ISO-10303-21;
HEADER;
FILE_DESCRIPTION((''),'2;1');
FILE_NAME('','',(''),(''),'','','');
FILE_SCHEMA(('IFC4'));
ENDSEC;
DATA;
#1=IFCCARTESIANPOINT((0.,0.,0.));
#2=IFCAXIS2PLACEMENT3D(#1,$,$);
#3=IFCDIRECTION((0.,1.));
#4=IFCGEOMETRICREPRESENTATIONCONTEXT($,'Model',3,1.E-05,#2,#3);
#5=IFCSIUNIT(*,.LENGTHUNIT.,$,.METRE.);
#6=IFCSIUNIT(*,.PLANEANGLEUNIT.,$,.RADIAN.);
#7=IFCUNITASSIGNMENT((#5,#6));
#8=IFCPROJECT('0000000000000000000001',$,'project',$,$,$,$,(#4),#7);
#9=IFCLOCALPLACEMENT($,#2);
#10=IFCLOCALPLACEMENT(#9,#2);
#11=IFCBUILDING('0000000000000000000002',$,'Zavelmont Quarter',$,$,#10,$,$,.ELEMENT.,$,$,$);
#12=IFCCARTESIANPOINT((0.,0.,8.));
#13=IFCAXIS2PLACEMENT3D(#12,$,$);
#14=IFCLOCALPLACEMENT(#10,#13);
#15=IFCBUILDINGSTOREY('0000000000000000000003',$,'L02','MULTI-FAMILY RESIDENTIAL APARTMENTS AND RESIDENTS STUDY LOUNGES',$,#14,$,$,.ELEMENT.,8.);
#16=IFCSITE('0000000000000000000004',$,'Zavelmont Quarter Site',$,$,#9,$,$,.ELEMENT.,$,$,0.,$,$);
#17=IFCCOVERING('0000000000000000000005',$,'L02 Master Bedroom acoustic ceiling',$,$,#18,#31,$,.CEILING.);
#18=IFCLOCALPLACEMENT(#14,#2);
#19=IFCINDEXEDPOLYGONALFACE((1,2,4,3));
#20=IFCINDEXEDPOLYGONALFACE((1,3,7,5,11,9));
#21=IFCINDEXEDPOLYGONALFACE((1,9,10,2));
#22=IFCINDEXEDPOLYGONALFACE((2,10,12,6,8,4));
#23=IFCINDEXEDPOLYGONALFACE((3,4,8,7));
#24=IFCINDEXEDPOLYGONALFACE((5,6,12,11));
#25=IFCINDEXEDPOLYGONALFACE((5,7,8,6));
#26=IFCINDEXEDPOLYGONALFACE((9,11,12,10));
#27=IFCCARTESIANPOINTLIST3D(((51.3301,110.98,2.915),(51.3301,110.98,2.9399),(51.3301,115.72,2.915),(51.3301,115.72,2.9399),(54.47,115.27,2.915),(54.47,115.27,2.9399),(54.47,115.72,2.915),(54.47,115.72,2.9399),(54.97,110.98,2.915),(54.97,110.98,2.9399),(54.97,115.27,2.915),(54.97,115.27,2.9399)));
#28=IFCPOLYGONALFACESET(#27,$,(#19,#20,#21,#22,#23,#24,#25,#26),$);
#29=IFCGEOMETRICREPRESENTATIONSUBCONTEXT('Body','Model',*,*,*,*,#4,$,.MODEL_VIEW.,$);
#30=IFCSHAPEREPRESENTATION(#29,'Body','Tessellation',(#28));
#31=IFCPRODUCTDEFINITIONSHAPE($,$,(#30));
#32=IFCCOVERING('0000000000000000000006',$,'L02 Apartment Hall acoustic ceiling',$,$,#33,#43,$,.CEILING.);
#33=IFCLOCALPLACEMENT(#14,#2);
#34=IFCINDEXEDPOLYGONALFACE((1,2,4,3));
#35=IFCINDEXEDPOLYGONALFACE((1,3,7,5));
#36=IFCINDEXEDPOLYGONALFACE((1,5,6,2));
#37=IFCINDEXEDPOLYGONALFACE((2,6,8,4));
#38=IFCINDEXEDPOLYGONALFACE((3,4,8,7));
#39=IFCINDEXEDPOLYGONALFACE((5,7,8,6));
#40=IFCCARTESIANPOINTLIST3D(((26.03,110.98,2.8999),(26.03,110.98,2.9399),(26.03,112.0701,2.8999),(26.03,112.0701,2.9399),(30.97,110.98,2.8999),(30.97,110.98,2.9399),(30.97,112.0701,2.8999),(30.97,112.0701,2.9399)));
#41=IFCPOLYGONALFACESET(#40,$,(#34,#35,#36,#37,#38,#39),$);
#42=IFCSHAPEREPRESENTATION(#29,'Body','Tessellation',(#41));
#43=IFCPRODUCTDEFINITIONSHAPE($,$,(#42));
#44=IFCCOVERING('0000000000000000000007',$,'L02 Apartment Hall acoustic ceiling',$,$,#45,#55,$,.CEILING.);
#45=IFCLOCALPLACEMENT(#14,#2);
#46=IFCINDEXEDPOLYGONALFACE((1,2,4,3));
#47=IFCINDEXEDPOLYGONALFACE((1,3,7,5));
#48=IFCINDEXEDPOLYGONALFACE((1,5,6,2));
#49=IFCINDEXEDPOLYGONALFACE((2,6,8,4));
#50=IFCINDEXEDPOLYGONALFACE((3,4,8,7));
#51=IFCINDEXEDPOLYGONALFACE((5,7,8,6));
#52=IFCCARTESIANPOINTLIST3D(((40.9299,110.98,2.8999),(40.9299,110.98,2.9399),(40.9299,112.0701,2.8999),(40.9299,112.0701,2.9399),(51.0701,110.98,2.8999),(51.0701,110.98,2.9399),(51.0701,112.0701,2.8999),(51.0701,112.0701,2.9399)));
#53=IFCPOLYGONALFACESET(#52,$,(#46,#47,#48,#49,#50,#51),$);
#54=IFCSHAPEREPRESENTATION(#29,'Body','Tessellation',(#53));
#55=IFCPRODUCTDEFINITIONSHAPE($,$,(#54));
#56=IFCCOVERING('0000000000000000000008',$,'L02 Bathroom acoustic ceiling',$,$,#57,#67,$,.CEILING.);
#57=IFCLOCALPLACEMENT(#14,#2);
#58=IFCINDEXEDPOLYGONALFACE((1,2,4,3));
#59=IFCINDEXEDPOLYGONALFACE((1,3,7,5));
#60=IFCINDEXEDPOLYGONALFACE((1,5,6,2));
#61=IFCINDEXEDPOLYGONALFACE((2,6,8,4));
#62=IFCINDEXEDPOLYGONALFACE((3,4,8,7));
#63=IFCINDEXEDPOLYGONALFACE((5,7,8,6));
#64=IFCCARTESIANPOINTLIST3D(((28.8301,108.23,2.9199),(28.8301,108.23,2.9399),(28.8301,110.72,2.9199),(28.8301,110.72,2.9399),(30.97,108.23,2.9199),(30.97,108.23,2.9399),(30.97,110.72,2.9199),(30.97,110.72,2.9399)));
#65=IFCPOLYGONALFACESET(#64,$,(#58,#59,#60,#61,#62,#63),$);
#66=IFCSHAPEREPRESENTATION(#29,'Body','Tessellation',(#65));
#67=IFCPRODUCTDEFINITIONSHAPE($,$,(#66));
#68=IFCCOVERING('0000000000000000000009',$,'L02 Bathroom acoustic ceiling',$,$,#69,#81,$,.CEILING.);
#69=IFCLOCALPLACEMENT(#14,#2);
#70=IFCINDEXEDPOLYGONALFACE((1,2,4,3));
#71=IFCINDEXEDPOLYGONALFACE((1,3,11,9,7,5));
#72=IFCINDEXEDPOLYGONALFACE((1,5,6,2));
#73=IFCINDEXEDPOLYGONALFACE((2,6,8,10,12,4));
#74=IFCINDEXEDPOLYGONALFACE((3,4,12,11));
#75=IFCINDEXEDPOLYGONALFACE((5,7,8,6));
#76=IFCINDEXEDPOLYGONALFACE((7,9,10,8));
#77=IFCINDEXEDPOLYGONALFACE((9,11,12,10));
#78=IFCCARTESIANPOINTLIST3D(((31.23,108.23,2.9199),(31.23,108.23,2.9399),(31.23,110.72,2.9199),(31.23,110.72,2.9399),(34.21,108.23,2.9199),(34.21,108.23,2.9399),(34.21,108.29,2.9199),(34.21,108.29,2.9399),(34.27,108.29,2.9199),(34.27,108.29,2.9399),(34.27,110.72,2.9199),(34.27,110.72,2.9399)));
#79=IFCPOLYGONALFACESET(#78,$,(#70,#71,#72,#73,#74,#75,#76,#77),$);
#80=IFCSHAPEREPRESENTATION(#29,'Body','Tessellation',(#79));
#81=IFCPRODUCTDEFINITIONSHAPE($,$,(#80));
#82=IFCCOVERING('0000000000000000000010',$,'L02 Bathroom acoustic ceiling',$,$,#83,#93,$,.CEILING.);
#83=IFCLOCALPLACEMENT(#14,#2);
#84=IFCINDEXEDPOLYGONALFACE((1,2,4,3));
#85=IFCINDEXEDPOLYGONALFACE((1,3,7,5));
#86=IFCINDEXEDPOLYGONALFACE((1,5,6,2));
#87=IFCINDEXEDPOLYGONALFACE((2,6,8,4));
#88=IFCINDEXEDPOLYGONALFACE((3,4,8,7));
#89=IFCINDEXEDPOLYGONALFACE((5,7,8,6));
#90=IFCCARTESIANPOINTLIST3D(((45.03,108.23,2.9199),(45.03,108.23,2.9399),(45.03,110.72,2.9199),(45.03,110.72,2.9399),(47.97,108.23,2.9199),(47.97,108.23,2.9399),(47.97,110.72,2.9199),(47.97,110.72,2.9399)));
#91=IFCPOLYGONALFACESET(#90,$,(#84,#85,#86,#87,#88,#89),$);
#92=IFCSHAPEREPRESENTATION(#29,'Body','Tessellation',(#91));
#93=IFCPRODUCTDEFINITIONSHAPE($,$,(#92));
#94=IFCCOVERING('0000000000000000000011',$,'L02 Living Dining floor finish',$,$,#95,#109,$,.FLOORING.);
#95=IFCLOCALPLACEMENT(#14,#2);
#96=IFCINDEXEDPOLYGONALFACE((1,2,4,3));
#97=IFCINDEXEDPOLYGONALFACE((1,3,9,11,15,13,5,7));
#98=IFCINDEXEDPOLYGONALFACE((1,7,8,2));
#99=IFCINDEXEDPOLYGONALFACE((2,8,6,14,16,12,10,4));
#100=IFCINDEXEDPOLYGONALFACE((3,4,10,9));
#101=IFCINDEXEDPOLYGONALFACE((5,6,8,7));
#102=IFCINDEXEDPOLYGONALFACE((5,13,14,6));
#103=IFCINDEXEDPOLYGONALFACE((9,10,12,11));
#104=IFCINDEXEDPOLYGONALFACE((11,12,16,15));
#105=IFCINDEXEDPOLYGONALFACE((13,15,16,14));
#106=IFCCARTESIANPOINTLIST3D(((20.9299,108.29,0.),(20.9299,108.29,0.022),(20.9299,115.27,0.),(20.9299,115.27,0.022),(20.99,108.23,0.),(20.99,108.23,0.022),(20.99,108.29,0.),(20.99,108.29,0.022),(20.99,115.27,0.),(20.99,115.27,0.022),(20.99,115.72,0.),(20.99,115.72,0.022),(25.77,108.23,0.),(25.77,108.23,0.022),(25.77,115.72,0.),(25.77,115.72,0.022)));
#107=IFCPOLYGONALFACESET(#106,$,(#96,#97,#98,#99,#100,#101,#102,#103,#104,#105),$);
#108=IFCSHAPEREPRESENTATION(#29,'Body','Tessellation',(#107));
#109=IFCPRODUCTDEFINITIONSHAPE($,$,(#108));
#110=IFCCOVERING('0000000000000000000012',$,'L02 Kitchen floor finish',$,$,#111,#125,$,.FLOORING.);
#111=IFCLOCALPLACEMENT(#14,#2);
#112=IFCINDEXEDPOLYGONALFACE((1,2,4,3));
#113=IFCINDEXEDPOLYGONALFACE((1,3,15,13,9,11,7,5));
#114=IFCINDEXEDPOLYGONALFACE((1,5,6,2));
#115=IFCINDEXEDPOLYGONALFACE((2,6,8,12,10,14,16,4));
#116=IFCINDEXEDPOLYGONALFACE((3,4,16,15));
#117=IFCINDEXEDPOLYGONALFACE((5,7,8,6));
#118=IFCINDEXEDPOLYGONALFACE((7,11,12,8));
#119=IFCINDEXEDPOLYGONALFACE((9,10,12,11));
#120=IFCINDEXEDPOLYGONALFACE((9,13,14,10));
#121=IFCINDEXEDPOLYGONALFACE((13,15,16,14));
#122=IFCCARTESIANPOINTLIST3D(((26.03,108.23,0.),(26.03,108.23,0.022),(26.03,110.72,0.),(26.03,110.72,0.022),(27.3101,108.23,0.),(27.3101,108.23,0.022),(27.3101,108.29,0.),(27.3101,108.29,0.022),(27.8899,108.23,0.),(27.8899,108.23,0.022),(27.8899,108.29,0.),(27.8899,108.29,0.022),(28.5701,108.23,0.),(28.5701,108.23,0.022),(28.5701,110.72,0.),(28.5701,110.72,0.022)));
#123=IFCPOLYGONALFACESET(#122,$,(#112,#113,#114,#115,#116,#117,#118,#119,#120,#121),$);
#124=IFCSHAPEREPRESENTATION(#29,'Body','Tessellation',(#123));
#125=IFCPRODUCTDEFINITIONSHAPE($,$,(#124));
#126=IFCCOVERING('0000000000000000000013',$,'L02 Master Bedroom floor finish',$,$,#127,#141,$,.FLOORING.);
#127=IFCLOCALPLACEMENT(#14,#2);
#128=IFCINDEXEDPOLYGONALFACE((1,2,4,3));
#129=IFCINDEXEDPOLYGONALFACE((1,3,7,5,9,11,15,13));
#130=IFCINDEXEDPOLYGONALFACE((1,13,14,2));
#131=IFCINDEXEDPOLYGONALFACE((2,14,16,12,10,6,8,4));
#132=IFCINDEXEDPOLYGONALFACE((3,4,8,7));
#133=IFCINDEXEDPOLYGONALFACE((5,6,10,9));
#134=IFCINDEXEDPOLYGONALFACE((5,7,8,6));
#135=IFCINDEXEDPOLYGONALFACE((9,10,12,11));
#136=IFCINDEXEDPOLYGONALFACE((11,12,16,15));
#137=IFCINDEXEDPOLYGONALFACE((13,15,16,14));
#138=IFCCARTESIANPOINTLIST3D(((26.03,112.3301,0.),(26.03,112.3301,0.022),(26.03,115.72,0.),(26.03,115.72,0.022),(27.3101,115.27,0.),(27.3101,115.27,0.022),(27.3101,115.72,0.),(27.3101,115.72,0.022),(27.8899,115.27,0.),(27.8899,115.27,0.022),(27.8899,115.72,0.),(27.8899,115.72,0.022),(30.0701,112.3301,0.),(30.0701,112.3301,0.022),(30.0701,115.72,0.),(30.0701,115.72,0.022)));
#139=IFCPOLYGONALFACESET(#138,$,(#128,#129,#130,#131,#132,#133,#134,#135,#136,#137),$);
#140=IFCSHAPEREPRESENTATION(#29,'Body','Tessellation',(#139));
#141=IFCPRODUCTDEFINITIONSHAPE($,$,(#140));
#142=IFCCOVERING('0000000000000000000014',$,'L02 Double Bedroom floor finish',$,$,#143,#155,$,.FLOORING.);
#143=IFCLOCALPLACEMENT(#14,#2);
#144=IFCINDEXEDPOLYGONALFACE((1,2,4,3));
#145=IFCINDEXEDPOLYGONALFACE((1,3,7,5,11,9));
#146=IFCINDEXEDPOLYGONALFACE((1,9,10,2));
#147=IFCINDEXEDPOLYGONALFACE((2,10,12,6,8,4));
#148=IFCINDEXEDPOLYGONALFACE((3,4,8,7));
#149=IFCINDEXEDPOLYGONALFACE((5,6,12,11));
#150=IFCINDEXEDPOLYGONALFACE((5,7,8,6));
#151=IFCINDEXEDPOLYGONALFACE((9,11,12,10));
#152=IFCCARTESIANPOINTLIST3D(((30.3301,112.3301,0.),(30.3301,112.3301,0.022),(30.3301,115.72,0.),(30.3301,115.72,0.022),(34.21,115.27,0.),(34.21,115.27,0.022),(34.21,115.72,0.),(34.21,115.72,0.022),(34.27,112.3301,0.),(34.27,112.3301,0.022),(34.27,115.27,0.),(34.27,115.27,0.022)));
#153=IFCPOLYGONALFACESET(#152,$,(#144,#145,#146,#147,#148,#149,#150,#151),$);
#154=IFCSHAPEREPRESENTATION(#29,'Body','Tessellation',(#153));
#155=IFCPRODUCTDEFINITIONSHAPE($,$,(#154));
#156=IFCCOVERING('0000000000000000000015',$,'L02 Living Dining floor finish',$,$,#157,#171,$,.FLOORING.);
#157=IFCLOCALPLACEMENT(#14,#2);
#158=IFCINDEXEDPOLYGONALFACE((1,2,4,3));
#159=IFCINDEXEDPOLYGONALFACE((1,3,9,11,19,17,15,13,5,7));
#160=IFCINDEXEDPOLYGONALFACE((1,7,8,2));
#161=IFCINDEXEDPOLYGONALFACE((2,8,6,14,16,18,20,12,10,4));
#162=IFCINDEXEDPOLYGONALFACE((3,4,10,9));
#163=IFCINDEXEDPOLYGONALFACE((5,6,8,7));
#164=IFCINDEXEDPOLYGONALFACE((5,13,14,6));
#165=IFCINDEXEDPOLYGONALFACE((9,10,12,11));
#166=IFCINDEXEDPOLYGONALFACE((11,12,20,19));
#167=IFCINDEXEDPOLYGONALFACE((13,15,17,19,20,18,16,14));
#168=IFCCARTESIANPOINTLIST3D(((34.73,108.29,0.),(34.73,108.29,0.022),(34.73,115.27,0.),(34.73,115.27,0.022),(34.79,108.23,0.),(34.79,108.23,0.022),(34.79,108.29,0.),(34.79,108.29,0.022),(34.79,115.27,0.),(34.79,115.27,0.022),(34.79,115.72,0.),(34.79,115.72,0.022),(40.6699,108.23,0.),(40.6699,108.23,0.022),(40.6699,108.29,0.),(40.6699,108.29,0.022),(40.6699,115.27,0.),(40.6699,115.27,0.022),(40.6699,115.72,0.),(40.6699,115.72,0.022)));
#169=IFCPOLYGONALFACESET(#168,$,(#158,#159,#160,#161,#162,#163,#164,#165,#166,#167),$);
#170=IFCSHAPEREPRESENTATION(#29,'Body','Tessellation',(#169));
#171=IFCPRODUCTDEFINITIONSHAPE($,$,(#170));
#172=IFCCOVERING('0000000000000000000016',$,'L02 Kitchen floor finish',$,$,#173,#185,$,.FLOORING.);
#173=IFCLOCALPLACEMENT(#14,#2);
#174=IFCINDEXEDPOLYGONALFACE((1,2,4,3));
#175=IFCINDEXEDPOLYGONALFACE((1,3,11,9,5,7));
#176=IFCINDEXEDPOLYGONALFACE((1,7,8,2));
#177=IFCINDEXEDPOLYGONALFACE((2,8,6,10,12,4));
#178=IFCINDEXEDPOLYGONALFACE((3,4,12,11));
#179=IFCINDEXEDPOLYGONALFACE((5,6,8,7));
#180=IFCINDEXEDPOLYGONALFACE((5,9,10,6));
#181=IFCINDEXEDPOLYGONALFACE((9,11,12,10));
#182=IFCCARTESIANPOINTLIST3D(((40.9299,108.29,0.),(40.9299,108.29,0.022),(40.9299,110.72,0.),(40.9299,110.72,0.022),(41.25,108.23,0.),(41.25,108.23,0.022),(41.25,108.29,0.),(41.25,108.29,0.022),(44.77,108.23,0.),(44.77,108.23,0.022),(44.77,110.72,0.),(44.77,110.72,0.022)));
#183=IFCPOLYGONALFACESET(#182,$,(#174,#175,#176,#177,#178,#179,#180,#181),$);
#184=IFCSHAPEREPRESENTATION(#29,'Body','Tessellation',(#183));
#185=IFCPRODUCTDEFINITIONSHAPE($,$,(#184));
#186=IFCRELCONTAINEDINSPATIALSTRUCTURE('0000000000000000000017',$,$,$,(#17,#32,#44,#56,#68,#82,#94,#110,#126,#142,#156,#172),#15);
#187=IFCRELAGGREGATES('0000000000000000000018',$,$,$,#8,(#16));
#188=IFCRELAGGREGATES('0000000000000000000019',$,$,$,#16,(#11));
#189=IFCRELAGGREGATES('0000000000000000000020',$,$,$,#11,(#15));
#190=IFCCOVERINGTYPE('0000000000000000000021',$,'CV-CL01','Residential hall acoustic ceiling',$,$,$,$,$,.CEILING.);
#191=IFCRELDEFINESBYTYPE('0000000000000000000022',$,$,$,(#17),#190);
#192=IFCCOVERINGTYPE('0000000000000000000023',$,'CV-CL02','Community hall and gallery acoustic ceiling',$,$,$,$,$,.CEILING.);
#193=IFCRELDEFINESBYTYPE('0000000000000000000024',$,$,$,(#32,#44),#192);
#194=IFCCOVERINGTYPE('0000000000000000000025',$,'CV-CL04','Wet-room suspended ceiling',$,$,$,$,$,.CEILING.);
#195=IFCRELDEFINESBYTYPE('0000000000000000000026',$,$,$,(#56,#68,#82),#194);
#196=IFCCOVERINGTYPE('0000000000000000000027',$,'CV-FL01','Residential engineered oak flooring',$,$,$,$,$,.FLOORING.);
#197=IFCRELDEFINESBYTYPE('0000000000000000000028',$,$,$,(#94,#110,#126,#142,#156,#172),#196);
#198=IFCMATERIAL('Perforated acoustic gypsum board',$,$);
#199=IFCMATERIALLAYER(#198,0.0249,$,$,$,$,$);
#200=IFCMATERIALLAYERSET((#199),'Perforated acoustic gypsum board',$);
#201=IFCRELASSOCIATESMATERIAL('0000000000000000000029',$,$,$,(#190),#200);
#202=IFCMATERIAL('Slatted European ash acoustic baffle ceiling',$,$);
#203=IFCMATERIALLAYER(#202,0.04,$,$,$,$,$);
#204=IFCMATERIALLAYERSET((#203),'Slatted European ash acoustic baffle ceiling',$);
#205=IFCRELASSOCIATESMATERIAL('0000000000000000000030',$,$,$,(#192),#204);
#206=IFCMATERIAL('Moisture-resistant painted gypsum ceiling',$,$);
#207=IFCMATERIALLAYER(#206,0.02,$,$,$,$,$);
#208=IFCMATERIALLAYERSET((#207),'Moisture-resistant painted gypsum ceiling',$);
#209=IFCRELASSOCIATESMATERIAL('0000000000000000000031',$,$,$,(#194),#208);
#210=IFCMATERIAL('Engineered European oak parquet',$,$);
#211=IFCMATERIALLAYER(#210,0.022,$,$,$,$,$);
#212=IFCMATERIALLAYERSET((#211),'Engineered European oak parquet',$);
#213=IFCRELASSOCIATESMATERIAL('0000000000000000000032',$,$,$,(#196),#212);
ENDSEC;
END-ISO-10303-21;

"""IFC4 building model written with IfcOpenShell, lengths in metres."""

from ifc_helpers import new_model, si_unit, direction, frame, origin, place, context, subcontext, project, spatial, polyline, outline, extrude, material, layer, layer_set, type_object, element, save


model = new_model("IFC4")

# Units and contexts
model_context = context("Model", 3, precision=1e-05, world=origin(), true_north=direction((0.0, 1.0)))
body_context = subcontext(model_context, "Body", "Model", "MODEL_VIEW")
ifc_project = project(units=[si_unit("LENGTHUNIT", "METRE"), si_unit("PLANEANGLEUNIT", "RADIAN")], contexts=[model_context])

# Site, building, storey
site_placement = place(None, origin())
site = spatial("IfcSite", under=ifc_project, at=site_placement, Name="Zavelmont Quarter Site", CompositionType="ELEMENT", RefElevation=0.0)
building_placement = place(site_placement, origin())
building = spatial("IfcBuilding", under=site, at=building_placement, Name="Zavelmont Quarter", CompositionType="ELEMENT")
storey_placement = place(building_placement, frame((0.0, 0.0, 8.0)))
storey = spatial("IfcBuildingStorey", under=building, at=storey_placement, Name="L02", Description="MULTI-FAMILY RESIDENTIAL APARTMENTS AND RESIDENTS STUDY LOUNGES", CompositionType="ELEMENT", Elevation=8.0)

# Coverings
ifc_material_1 = material(Name="Perforated acoustic gypsum board")
ifc_layer_1 = layer(ifc_material_1, 0.0249)
ifc_layer_set_1 = layer_set([ifc_layer_1], Name="Perforated acoustic gypsum board")
covering_type_1 = type_object("IfcCoveringType", Name="CV-CL01", Description="Residential hall acoustic ceiling", PredefinedType="CEILING", material=ifc_layer_set_1)
covering_1_placement = place(storey_placement, frame((0.0, 0.0, 2.915)))
element("IfcCovering", 1, at=covering_1_placement, inside=storey, type_object=covering_type_1, Name="L02 Master Bedroom acoustic ceiling", PredefinedType="CEILING", context=body_context, shape_type="SweptSolid", body=[
    extrude(outline(polyline([(51.3301, 115.72), (54.47, 115.72), (54.47, 115.27), (54.97, 115.27), (54.97, 110.98), (51.3301, 110.98), (51.3301, 115.72)])), origin(), (0.0, 0.0, 1.0), 0.0249),
])
ifc_material_2 = material(Name="Slatted European ash acoustic baffle ceiling")
ifc_layer_2 = layer(ifc_material_2, 0.04)
ifc_layer_set_2 = layer_set([ifc_layer_2], Name="Slatted European ash acoustic baffle ceiling")
covering_type_2 = type_object("IfcCoveringType", Name="CV-CL02", Description="Community hall and gallery acoustic ceiling", PredefinedType="CEILING", material=ifc_layer_set_2)
covering_2_placement = place(storey_placement, frame((0.0, 0.0, 2.8999)))
element("IfcCovering", 2, at=covering_2_placement, inside=storey, type_object=covering_type_2, Name="L02 Apartment Hall acoustic ceiling", PredefinedType="CEILING", context=body_context, shape_type="SweptSolid", body=[
    extrude(outline(polyline([(26.03, 112.0701), (30.97, 112.0701), (30.97, 110.98), (26.03, 110.98), (26.03, 112.0701)])), origin(), (0.0, 0.0, 1.0), 0.04),
])
covering_3_placement = place(storey_placement, frame((0.0, 0.0, 2.8999)))
element("IfcCovering", 3, at=covering_3_placement, inside=storey, type_object=covering_type_2, Name="L02 Apartment Hall acoustic ceiling", PredefinedType="CEILING", context=body_context, shape_type="SweptSolid", body=[
    extrude(outline(polyline([(40.9299, 112.0701), (51.0701, 112.0701), (51.0701, 110.98), (40.9299, 110.98), (40.9299, 112.0701)])), origin(), (0.0, 0.0, 1.0), 0.04),
])
ifc_material_3 = material(Name="Moisture-resistant painted gypsum ceiling")
ifc_layer_3 = layer(ifc_material_3, 0.02)
ifc_layer_set_3 = layer_set([ifc_layer_3], Name="Moisture-resistant painted gypsum ceiling")
covering_type_3 = type_object("IfcCoveringType", Name="CV-CL04", Description="Wet-room suspended ceiling", PredefinedType="CEILING", material=ifc_layer_set_3)
covering_4_placement = place(storey_placement, frame((0.0, 0.0, 2.9199)))
element("IfcCovering", 4, at=covering_4_placement, inside=storey, type_object=covering_type_3, Name="L02 Bathroom acoustic ceiling", PredefinedType="CEILING", context=body_context, shape_type="SweptSolid", body=[
    extrude(outline(polyline([(28.8301, 110.72), (30.97, 110.72), (30.97, 108.23), (28.8301, 108.23), (28.8301, 110.72)])), origin(), (0.0, 0.0, 1.0), 0.02),
])
covering_5_placement = place(storey_placement, frame((0.0, 0.0, 2.9199)))
element("IfcCovering", 5, at=covering_5_placement, inside=storey, type_object=covering_type_3, Name="L02 Bathroom acoustic ceiling", PredefinedType="CEILING", context=body_context, shape_type="SweptSolid", body=[
    extrude(outline(polyline([(31.23, 110.72), (34.27, 110.72), (34.27, 108.29), (34.21, 108.29), (34.21, 108.23), (31.23, 108.23), (31.23, 110.72)])), origin(), (0.0, 0.0, 1.0), 0.02),
])
covering_6_placement = place(storey_placement, frame((0.0, 0.0, 2.9199)))
element("IfcCovering", 6, at=covering_6_placement, inside=storey, type_object=covering_type_3, Name="L02 Bathroom acoustic ceiling", PredefinedType="CEILING", context=body_context, shape_type="SweptSolid", body=[
    extrude(outline(polyline([(45.03, 110.72), (47.97, 110.72), (47.97, 108.23), (45.03, 108.23), (45.03, 110.72)])), origin(), (0.0, 0.0, 1.0), 0.02),
])
ifc_material_4 = material(Name="Engineered European oak parquet")
ifc_layer_4 = layer(ifc_material_4, 0.022)
ifc_layer_set_4 = layer_set([ifc_layer_4], Name="Engineered European oak parquet")
covering_type_4 = type_object("IfcCoveringType", Name="CV-FL01", Description="Residential engineered oak flooring", PredefinedType="FLOORING", material=ifc_layer_set_4)
covering_7_placement = place(storey_placement, origin())
element("IfcCovering", 7, at=covering_7_placement, inside=storey, type_object=covering_type_4, Name="L02 Living Dining floor finish", PredefinedType="FLOORING", context=body_context, shape_type="SweptSolid", body=[
    extrude(outline(polyline([(20.9299, 115.27), (20.99, 115.27), (20.99, 115.72), (25.77, 115.72), (25.77, 108.23), (20.99, 108.23), (20.99, 108.29), (20.9299, 108.29), (20.9299, 115.27)])), origin(), (0.0, 0.0, 1.0), 0.022),
])
covering_8_placement = place(storey_placement, origin())
element("IfcCovering", 8, at=covering_8_placement, inside=storey, type_object=covering_type_4, Name="L02 Kitchen floor finish", PredefinedType="FLOORING", context=body_context, shape_type="SweptSolid", body=[
    extrude(outline(polyline([(26.03, 110.72), (28.5701, 110.72), (28.5701, 108.23), (27.8899, 108.23), (27.8899, 108.29), (27.3101, 108.29), (27.3101, 108.23), (26.03, 108.23), (26.03, 110.72)])), origin(), (0.0, 0.0, 1.0), 0.022),
])
covering_9_placement = place(storey_placement, origin())
element("IfcCovering", 9, at=covering_9_placement, inside=storey, type_object=covering_type_4, Name="L02 Master Bedroom floor finish", PredefinedType="FLOORING", context=body_context, shape_type="SweptSolid", body=[
    extrude(outline(polyline([(26.03, 115.72), (27.3101, 115.72), (27.3101, 115.27), (27.8899, 115.27), (27.8899, 115.72), (30.0701, 115.72), (30.0701, 112.3301), (26.03, 112.3301), (26.03, 115.72)])), origin(), (0.0, 0.0, 1.0), 0.022),
])
covering_10_placement = place(storey_placement, origin())
element("IfcCovering", 10, at=covering_10_placement, inside=storey, type_object=covering_type_4, Name="L02 Double Bedroom floor finish", PredefinedType="FLOORING", context=body_context, shape_type="SweptSolid", body=[
    extrude(outline(polyline([(30.3301, 115.72), (34.21, 115.72), (34.21, 115.27), (34.27, 115.27), (34.27, 112.3301), (30.3301, 112.3301), (30.3301, 115.72)])), origin(), (0.0, 0.0, 1.0), 0.022),
])
covering_11_placement = place(storey_placement, origin())
element("IfcCovering", 11, at=covering_11_placement, inside=storey, type_object=covering_type_4, Name="L02 Living Dining floor finish", PredefinedType="FLOORING", context=body_context, shape_type="SweptSolid", body=[
    extrude(outline(polyline([(34.73, 115.27), (34.79, 115.27), (34.79, 115.72), (40.6699, 115.72), (40.6699, 115.27), (40.6699, 108.29), (40.6699, 108.23), (34.79, 108.23), (34.79, 108.29), (34.73, 108.29), (34.73, 115.27)])), origin(), (0.0, 0.0, 1.0), 0.022),
])
covering_12_placement = place(storey_placement, origin())
element("IfcCovering", 12, at=covering_12_placement, inside=storey, type_object=covering_type_4, Name="L02 Kitchen floor finish", PredefinedType="FLOORING", context=body_context, shape_type="SweptSolid", body=[
    extrude(outline(polyline([(40.9299, 110.72), (44.77, 110.72), (44.77, 108.23), (41.25, 108.23), (41.25, 108.29), (40.9299, 108.29), (40.9299, 110.72)])), origin(), (0.0, 0.0, 1.0), 0.022),
])

save(model, "model.ifc")
